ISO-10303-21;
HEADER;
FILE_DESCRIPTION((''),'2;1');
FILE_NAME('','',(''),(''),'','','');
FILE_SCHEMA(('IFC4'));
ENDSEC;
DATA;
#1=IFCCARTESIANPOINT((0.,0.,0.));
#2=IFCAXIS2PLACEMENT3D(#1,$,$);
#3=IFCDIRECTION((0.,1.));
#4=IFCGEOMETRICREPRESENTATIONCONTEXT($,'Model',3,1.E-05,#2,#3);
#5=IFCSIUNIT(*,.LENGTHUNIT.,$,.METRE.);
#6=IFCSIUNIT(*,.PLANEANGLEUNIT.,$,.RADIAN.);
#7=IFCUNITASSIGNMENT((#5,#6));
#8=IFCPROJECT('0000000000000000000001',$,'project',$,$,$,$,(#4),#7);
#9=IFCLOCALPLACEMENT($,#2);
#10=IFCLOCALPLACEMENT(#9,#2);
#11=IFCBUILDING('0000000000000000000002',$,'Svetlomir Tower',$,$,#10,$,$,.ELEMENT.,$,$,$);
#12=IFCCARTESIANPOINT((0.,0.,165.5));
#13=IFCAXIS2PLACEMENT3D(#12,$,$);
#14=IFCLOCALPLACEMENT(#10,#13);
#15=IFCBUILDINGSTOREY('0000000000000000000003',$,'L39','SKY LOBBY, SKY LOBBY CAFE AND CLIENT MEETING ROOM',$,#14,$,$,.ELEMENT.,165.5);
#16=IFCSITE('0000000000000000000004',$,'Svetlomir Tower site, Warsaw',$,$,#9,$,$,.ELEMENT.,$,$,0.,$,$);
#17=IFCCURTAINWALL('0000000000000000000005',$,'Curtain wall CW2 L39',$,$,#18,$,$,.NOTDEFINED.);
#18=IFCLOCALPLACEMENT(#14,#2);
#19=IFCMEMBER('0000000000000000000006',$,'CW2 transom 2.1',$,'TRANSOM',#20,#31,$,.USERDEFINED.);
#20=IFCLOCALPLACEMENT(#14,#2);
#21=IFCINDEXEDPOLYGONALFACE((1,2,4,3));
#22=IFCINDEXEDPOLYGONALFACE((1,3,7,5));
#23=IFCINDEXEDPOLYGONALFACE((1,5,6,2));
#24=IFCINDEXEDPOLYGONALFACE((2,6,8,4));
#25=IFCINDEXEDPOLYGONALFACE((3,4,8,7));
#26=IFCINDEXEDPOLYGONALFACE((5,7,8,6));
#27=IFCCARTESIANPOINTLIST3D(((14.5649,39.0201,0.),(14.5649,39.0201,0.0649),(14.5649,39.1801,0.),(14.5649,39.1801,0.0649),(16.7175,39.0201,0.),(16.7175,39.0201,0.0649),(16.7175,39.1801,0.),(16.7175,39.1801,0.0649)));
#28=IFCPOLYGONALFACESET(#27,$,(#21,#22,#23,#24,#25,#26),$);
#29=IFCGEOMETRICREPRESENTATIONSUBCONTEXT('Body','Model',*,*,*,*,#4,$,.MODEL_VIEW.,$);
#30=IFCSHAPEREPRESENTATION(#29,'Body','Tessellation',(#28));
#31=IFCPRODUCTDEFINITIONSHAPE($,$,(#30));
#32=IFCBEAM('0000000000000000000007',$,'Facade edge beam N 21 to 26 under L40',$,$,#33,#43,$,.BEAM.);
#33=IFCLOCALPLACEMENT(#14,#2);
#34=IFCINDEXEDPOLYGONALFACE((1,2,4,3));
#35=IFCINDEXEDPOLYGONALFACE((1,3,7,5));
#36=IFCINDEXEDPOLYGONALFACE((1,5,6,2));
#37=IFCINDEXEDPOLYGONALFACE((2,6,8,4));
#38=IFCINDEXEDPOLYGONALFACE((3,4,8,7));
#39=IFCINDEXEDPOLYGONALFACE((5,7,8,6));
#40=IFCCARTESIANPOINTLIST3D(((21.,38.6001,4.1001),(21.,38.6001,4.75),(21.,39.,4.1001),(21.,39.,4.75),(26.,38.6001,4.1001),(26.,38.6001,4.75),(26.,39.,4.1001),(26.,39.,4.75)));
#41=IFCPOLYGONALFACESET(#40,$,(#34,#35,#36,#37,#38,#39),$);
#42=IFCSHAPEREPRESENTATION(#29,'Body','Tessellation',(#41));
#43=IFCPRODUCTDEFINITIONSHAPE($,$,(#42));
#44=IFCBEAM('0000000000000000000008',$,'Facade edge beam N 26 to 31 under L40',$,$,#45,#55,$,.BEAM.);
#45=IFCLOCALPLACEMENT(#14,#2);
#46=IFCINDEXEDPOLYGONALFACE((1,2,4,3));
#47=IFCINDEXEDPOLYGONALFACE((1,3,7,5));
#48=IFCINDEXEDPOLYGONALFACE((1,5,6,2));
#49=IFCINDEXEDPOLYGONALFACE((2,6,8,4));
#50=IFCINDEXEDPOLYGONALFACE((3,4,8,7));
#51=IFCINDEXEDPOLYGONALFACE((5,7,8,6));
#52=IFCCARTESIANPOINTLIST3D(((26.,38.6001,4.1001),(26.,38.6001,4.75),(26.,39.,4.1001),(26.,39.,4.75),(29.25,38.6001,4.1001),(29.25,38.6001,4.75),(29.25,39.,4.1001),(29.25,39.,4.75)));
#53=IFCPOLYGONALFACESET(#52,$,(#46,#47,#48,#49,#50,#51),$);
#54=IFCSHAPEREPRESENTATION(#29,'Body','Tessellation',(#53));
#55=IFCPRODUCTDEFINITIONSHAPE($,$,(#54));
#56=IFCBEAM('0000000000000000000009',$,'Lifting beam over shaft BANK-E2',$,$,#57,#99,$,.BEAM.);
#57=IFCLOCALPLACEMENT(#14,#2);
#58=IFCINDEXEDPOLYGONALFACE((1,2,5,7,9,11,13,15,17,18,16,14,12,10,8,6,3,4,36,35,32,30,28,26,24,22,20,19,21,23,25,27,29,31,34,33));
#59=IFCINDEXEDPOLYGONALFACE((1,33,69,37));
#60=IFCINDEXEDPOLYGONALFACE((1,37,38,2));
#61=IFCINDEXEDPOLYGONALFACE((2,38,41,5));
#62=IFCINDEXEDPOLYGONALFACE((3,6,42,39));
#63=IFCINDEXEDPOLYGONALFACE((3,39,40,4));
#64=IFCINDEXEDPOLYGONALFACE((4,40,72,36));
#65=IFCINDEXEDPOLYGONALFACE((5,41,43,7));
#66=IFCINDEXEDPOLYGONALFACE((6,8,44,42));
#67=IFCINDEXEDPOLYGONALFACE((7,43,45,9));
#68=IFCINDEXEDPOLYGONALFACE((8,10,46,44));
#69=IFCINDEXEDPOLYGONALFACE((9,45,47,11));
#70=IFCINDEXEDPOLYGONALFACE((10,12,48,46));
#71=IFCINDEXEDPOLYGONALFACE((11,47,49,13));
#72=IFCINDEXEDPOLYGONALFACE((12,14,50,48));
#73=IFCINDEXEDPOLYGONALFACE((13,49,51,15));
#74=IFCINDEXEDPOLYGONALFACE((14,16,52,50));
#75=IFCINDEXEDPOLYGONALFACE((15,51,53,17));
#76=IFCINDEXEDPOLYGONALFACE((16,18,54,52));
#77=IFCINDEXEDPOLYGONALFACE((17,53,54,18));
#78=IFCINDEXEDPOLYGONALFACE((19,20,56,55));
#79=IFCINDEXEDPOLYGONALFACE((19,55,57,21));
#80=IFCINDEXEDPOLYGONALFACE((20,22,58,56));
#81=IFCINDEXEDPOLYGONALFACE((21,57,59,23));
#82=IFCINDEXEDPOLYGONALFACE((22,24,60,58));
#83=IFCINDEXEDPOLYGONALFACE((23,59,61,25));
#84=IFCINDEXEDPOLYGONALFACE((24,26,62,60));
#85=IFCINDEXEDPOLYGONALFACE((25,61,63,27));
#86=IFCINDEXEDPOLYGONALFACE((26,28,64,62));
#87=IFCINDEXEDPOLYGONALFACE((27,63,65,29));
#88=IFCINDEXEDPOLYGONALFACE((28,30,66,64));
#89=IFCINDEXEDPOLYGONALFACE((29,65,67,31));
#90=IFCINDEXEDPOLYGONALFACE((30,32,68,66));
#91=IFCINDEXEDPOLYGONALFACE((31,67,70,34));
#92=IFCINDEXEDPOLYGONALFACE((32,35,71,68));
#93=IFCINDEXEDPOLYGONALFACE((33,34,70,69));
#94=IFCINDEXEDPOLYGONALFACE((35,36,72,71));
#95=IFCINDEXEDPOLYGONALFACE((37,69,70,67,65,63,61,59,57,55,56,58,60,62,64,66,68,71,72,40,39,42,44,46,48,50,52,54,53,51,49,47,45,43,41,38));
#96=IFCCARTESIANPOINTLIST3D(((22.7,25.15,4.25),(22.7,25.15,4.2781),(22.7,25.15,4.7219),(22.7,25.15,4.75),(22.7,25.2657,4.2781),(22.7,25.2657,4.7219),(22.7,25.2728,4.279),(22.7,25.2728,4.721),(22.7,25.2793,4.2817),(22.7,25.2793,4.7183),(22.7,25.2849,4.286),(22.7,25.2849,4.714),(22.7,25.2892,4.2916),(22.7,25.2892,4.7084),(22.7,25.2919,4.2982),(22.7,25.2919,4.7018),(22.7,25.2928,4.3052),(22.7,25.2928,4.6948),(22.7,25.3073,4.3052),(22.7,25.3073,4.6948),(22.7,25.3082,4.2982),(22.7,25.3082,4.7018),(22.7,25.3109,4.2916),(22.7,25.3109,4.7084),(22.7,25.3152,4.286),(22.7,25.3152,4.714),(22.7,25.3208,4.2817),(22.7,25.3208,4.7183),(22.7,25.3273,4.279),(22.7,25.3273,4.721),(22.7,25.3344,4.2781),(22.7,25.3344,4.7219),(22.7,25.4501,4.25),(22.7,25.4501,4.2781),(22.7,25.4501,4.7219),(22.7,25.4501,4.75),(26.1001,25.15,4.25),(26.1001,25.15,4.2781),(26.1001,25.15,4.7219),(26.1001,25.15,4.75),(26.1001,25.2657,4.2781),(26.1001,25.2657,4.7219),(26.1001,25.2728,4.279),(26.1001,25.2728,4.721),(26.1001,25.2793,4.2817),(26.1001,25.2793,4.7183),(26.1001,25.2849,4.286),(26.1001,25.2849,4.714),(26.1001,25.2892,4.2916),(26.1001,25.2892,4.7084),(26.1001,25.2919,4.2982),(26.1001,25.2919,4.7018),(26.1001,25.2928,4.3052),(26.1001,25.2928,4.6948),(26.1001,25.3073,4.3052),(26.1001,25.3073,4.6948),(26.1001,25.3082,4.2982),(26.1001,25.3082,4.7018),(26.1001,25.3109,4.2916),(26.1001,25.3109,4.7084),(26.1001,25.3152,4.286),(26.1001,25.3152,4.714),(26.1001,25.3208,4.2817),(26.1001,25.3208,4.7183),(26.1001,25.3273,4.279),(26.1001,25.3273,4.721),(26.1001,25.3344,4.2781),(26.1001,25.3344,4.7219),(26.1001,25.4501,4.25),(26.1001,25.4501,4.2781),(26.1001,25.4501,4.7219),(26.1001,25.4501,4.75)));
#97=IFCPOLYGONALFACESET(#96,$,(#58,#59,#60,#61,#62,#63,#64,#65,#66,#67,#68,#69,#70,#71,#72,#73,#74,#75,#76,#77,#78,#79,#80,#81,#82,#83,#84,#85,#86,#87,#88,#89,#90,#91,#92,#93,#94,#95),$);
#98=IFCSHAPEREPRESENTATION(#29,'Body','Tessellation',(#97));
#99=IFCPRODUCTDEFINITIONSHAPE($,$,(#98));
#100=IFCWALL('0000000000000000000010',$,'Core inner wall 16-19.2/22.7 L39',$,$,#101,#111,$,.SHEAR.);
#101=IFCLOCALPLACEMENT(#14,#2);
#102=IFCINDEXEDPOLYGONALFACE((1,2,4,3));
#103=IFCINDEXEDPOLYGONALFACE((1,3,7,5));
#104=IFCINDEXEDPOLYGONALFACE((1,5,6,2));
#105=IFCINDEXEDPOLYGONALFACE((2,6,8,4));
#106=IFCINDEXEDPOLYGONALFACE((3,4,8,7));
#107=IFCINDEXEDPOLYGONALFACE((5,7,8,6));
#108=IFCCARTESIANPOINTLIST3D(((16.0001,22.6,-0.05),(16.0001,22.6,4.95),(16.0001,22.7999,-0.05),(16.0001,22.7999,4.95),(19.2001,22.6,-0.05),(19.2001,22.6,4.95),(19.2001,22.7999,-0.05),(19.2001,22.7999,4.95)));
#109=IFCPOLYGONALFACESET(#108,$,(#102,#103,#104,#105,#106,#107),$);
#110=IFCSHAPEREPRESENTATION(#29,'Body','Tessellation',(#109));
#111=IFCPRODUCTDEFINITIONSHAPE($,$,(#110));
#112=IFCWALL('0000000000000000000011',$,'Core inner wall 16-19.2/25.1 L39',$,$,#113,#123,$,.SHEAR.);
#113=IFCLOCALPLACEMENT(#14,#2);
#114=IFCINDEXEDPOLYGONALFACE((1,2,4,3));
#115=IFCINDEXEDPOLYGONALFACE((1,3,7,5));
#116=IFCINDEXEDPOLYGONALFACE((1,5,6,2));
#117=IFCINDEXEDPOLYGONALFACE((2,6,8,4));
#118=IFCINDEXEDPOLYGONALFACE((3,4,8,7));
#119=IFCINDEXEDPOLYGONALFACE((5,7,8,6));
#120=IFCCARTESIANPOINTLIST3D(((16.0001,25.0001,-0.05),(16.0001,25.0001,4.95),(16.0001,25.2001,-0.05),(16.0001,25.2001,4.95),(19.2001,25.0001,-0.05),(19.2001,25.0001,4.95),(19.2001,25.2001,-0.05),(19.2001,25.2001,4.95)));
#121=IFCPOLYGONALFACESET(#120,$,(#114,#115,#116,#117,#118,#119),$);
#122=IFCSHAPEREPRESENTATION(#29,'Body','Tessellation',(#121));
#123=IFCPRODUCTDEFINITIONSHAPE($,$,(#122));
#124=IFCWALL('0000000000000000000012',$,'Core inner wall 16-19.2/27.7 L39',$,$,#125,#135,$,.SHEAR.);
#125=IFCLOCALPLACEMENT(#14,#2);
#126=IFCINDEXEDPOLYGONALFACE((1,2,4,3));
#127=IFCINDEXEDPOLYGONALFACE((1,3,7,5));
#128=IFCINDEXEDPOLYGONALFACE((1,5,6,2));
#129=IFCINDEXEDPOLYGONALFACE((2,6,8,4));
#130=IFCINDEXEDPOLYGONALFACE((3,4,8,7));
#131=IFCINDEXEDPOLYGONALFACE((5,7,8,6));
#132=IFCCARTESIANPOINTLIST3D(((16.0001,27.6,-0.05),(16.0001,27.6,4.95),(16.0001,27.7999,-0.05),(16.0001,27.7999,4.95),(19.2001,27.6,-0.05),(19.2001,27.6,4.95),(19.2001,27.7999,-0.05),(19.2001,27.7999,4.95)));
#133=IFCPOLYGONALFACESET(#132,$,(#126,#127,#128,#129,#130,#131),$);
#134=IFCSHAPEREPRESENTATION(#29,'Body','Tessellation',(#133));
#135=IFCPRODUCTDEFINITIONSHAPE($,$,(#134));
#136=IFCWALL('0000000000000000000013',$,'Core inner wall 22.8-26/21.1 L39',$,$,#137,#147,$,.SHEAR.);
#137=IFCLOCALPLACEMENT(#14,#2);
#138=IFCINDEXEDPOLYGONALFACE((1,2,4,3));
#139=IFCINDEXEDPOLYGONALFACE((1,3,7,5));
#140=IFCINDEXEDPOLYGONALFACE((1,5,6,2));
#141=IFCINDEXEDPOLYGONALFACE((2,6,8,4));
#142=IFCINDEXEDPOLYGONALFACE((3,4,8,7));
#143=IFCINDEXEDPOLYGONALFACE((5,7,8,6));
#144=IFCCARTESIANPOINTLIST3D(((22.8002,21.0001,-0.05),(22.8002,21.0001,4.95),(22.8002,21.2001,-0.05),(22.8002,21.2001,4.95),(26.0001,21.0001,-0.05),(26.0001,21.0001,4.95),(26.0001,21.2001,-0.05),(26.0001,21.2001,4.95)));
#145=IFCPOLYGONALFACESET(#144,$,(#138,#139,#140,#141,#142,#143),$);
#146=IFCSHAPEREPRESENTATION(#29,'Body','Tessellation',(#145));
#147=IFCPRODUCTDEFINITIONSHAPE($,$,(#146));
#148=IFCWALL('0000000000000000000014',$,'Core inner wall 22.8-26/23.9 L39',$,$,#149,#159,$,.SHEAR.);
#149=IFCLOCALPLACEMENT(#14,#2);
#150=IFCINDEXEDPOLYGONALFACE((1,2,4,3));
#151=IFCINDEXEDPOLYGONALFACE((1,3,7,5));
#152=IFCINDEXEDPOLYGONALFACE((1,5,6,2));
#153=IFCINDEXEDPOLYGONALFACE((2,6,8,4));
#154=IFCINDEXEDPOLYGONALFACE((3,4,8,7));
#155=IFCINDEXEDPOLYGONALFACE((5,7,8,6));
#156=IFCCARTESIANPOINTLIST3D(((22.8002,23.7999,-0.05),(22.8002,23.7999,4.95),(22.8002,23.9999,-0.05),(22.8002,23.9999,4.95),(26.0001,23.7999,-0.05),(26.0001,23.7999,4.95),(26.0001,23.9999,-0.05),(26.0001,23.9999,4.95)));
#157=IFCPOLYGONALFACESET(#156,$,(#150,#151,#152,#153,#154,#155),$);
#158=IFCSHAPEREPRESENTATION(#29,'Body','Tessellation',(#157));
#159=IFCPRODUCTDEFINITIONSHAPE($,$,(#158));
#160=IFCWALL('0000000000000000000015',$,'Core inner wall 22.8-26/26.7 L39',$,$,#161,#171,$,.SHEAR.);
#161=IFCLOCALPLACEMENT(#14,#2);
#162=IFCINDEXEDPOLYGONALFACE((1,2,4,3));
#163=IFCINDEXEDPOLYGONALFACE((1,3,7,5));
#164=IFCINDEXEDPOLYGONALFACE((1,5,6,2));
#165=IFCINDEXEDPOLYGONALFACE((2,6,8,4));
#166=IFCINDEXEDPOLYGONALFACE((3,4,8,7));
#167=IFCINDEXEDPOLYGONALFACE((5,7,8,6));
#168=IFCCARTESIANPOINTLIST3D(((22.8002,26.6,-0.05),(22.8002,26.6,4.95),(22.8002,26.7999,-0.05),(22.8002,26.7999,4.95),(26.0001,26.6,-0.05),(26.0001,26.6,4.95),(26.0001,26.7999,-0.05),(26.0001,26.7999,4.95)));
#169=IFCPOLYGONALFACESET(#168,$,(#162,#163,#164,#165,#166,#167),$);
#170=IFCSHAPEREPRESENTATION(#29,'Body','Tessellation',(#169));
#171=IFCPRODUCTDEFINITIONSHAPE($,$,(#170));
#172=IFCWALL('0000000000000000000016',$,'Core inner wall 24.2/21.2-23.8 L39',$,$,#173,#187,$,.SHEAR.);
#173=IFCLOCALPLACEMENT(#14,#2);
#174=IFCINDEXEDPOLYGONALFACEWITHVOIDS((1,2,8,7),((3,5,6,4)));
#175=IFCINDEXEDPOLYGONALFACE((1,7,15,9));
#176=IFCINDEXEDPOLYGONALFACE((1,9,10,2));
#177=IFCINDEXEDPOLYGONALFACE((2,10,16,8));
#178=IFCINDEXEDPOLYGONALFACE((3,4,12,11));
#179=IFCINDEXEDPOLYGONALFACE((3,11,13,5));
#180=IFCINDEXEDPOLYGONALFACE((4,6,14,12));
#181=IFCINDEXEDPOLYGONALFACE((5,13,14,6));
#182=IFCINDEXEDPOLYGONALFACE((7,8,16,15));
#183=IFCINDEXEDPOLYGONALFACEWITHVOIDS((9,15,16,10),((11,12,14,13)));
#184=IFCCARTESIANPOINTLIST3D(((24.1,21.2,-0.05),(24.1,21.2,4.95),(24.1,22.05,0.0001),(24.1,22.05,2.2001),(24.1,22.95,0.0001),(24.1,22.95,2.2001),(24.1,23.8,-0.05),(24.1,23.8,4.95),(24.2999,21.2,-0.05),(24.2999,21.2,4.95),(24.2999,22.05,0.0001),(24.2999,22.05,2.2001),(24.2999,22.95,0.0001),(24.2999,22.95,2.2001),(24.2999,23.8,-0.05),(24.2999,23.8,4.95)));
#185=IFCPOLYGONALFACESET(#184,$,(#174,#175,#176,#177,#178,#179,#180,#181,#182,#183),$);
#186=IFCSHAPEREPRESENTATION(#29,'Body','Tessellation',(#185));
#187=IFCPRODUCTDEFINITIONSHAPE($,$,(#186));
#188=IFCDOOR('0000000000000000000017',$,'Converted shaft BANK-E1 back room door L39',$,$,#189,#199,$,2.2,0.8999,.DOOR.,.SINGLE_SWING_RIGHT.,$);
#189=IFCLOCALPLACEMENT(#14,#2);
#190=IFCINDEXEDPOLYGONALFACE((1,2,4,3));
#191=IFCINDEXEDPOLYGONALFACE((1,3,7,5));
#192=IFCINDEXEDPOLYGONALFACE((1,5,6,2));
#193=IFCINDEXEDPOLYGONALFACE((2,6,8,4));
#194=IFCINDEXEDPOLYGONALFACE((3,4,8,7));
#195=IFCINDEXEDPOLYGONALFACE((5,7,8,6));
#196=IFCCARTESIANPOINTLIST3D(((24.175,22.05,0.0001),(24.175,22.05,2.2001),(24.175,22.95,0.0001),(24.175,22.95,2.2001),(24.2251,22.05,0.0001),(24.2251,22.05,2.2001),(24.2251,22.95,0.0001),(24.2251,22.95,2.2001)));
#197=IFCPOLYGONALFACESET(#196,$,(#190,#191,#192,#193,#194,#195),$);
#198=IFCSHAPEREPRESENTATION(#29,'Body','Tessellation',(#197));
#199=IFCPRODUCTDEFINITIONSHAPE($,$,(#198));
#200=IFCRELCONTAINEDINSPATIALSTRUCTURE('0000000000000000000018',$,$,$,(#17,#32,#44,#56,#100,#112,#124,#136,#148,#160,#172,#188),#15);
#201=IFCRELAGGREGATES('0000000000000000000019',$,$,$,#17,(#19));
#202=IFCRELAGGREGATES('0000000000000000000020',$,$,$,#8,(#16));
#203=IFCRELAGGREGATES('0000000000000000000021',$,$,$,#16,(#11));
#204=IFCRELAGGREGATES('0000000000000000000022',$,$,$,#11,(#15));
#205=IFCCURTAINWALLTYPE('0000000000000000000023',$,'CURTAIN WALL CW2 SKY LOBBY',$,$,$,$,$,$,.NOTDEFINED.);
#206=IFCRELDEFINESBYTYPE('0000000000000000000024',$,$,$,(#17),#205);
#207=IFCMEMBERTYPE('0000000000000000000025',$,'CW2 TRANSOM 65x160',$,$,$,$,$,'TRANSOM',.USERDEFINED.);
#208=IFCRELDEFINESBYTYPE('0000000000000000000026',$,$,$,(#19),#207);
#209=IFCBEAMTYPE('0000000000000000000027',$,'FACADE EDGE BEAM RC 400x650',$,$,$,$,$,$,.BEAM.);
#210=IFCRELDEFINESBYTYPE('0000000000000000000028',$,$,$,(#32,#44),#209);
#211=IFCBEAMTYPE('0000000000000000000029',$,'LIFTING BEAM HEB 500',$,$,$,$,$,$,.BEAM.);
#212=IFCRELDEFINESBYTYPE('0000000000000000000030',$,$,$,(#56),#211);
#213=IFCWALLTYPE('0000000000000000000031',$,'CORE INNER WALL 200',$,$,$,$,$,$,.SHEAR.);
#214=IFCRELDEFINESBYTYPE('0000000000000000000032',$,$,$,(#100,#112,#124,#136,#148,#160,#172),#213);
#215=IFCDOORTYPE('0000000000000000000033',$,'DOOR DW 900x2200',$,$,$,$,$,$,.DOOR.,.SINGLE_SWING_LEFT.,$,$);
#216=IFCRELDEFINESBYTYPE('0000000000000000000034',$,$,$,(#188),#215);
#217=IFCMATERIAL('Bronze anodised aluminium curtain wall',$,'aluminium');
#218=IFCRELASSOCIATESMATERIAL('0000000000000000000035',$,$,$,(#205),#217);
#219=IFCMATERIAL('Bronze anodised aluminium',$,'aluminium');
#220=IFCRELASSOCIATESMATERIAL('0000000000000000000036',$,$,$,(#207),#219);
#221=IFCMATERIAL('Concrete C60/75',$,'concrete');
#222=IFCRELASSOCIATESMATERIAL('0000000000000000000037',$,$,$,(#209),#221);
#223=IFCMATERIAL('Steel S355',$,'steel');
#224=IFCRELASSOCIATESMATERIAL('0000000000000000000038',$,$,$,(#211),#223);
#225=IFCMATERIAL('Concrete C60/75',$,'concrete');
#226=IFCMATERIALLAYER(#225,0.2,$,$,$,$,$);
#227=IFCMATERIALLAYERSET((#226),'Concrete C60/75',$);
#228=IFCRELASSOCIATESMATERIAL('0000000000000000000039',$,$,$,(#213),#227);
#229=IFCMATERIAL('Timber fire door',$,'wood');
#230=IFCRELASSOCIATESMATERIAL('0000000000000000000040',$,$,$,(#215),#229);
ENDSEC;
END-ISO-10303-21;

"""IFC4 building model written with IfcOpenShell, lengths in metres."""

from ifc_helpers import new_model, si_unit, direction, frame, frame_2d, origin, origin_2d, place, context, subcontext, project, spatial, rectangle, i_section, extrude, material, layer, layer_set, material_profile, profile_set, type_object, element, fill, aggregate, save


model = new_model("IFC4")

# Units and contexts
model_context = context("Model", 3, precision=1e-05, world=origin(), true_north=direction((0.0, 1.0)))
body_context = subcontext(model_context, "Body", "Model", "MODEL_VIEW")
ifc_project = project(units=[si_unit("LENGTHUNIT", "METRE"), si_unit("PLANEANGLEUNIT", "RADIAN")], contexts=[model_context])

# Site, building, storey
site_placement = place(None, origin())
site = spatial("IfcSite", under=ifc_project, at=site_placement, Name="Svetlomir Tower site, Warsaw", CompositionType="ELEMENT", RefElevation=0.0)
building_placement = place(site_placement, origin())
building = spatial("IfcBuilding", under=site, at=building_placement, Name="Svetlomir Tower", CompositionType="ELEMENT")
storey_placement = place(building_placement, frame((0.0, 0.0, 165.5)))
storey = spatial("IfcBuildingStorey", under=building, at=storey_placement, Name="L39", Description="SKY LOBBY, SKY LOBBY CAFE AND CLIENT MEETING ROOM", CompositionType="ELEMENT", Elevation=165.5)

# Curtain wall, member
ifc_material_1 = material(Name="Bronze anodised aluminium curtain wall", Category="aluminium")
curtain_wall_type = type_object("IfcCurtainWallType", Name="CURTAIN WALL CW2 SKY LOBBY", PredefinedType="NOTDEFINED", material=ifc_material_1)
curtain_wall_placement = place(storey_placement, origin())
curtain_wall = element("IfcCurtainWall", 1, at=curtain_wall_placement, inside=storey, type_object=curtain_wall_type, Name="Curtain wall CW2 L39", PredefinedType="NOTDEFINED")
ifc_material_2 = material(Name="Bronze anodised aluminium", Category="aluminium")
ifc_material_profile_1 = material_profile(ifc_material_2, rectangle(XDim=0.1599, YDim=0.0649, at=origin_2d()), Name="AL 160x65")
ifc_profile_set_1 = profile_set([ifc_material_profile_1], Name="Bronze anodised aluminium 6063-T6")
member_type = type_object("IfcMemberType", Name="CW2 TRANSOM 65x160", ElementType="TRANSOM", PredefinedType="USERDEFINED", material=ifc_profile_set_1)
member_placement = place(storey_placement, frame((16.7175, 39.1001, 0.0325), z_axis=(-1.0, 0.0, 0.0), x_axis=(0.0, -1.0, 0.0)))
member = element("IfcMember", 2, at=member_placement, type_object=member_type, Name="CW2 transom 2.1", ObjectType="TRANSOM", PredefinedType="USERDEFINED", context=body_context, shape_type="SweptSolid", body=[
    extrude(rectangle(XDim=0.1599, YDim=0.0649, at=origin_2d()), origin(), (0.0, 0.0, 1.0), 2.1526),
])
aggregate(curtain_wall, [member])

# Beams
ifc_material_3 = material(Name="Concrete C60/75", Category="concrete")
ifc_material_profile_2 = material_profile(ifc_material_3, rectangle(XDim=0.3999, YDim=0.6499, at=origin_2d()), Name="RC 400x650")
ifc_profile_set_2 = profile_set([ifc_material_profile_2], Name="Concrete C60/75")
beam_type_1 = type_object("IfcBeamType", Name="FACADE EDGE BEAM RC 400x650", PredefinedType="BEAM", material=ifc_profile_set_2)
beam_1_placement = place(storey_placement, frame((21.0, 38.8, 4.425), z_axis=(1.0, 0.0, 0.0), x_axis=(0.0, 1.0, 0.0)))
element("IfcBeam", 3, at=beam_1_placement, inside=storey, type_object=beam_type_1, Name="Facade edge beam N 21 to 26 under L40", PredefinedType="BEAM", context=body_context, shape_type="SweptSolid", body=[
    extrude(rectangle(XDim=0.3999, YDim=0.6499, at=origin_2d()), origin(), (0.0, 0.0, 1.0), 5.0),
])
beam_2_placement = place(storey_placement, frame((26.0, 38.8, 4.425), z_axis=(1.0, 0.0, 0.0), x_axis=(0.0, 1.0, 0.0)))
element("IfcBeam", 4, at=beam_2_placement, inside=storey, type_object=beam_type_1, Name="Facade edge beam N 26 to 31 under L40", PredefinedType="BEAM", context=body_context, shape_type="SweptSolid", body=[
    extrude(rectangle(XDim=0.3999, YDim=0.6499, at=origin_2d()), origin(), (0.0, 0.0, 1.0), 3.25),
])
ifc_material_4 = material(Name="Steel S355", Category="steel")
ifc_material_profile_3 = material_profile(ifc_material_4, i_section(OverallWidth=0.3, OverallDepth=0.5, WebThickness=0.0144, FlangeThickness=0.0281, FilletRadius=0.0271, at=origin_2d()), Name="HEB 500")
ifc_profile_set_3 = profile_set([ifc_material_profile_3], Name="Steel S355")
beam_type_2 = type_object("IfcBeamType", Name="LIFTING BEAM HEB 500", PredefinedType="BEAM", material=ifc_profile_set_3)
beam_3_placement = place(storey_placement, frame((22.7, 25.3, 4.5), z_axis=(1.0, 0.0, 0.0), x_axis=(0.0, 1.0, 0.0)))
element("IfcBeam", 5, at=beam_3_placement, inside=storey, type_object=beam_type_2, Name="Lifting beam over shaft BANK-E2", PredefinedType="BEAM", context=body_context, shape_type="SweptSolid", body=[
    extrude(i_section(OverallWidth=0.3, OverallDepth=0.5, WebThickness=0.0144, FlangeThickness=0.0281, FilletRadius=0.0271, at=origin_2d()), origin(), (0.0, 0.0, 1.0), 3.4001),
])

# Walls
ifc_material_5 = material(Name="Concrete C60/75", Category="concrete")
ifc_layer_1 = layer(ifc_material_5, 0.2)
ifc_layer_set_1 = layer_set([ifc_layer_1], Name="Concrete C60/75")
wall_type_1 = type_object("IfcWallType", Name="CORE INNER WALL 200", PredefinedType="SHEAR", material=ifc_layer_set_1)
for number, where, z_axis, x_axis, name in (
    (6, (16.0, 22.7, -0.05), (0.0, 0.0, 1.0), (1.0, 0.0, 0.0), "Core inner wall 16-19.2/22.7 L39"),
    (7, (16.0, 25.1001, -0.05), (0.0, 0.0, 1.0), (1.0, 0.0, 0.0), "Core inner wall 16-19.2/25.1 L39"),
    (8, (16.0, 27.7, -0.05), (0.0, 0.0, 1.0), (1.0, 0.0, 0.0), "Core inner wall 16-19.2/27.7 L39"),
    (9, (22.8, 21.1001, -0.05), (0.0, 0.0, 1.0), (1.0, 0.0, 0.0), "Core inner wall 22.8-26/21.1 L39"),
    (10, (22.8, 23.8999, -0.05), (0.0, 0.0, 1.0), (1.0, 0.0, 0.0), "Core inner wall 22.8-26/23.9 L39"),
    (11, (22.8, 26.7, -0.05), (0.0, 0.0, 1.0), (1.0, 0.0, 0.0), "Core inner wall 22.8-26/26.7 L39"),
):
    element("IfcWall", number, at=place(storey_placement, frame(where, z_axis=z_axis, x_axis=x_axis)), inside=storey, type_object=wall_type_1, Name=name, PredefinedType="SHEAR", context=body_context, shape_type="SweptSolid", body=[
        extrude(rectangle(XDim=3.2, YDim=0.2, at=frame_2d((1.6001, 0.0))), origin(), (0.0, 0.0, 1.0), 5.0),
    ])

# Wall, opening, door
wall_1_placement = place(storey_placement, frame((24.2, 21.2, -0.05), z_axis=(0.0, 0.0, 1.0), x_axis=(0.0, 1.0, 0.0)))
wall_1 = element("IfcWall", 12, at=wall_1_placement, inside=storey, type_object=wall_type_1, Name="Core inner wall 24.2/21.2-23.8 L39", PredefinedType="SHEAR", context=body_context, shape_type="SweptSolid", body=[
    extrude(rectangle(XDim=2.6001, YDim=0.2, at=frame_2d((1.3, 0.0))), origin(), (0.0, 0.0, 1.0), 5.0),
])
opening_1_placement = place(wall_1_placement, frame((0.8501, 0.0, 0.05)))
opening_1 = element("IfcOpeningElement", 13, at=opening_1_placement, cuts=wall_1, PredefinedType="OPENING", context=body_context, shape_type="SweptSolid", body=[
    extrude(rectangle(XDim=0.8999, YDim=2.2, at=frame_2d((0.45, 1.1001))), frame((0.0, 0.1099, 0.0), z_axis=(0.0, -1.0, 0.0), x_axis=(1.0, 0.0, 0.0)), (0.0, 0.0, 1.0), 0.22),
])
ifc_material_6 = material(Name="Timber fire door", Category="wood")
door_type_1 = type_object("IfcDoorType", Name="DOOR DW 900x2200", OperationType="SINGLE_SWING_LEFT", PredefinedType="DOOR", material=ifc_material_6)
door_1_placement = place(opening_1_placement, origin())
door_1 = element("IfcDoor", 14, at=door_1_placement, inside=storey, type_object=door_type_1, Name="Converted shaft BANK-E1 back room door L39", OperationType="SINGLE_SWING_RIGHT", OverallHeight=2.2, OverallWidth=0.8999, PredefinedType="DOOR", context=body_context, shape_type="SweptSolid", body=[
    extrude(rectangle(XDim=0.8999, YDim=2.2, at=frame_2d((0.45, 1.1001))), frame((0.0, 0.0249, 0.0), z_axis=(0.0, -1.0, 0.0), x_axis=(1.0, 0.0, 0.0)), (0.0, 0.0, 1.0), 0.05),
])
fill(opening_1, door_1)

save(model, "model.ifc")
